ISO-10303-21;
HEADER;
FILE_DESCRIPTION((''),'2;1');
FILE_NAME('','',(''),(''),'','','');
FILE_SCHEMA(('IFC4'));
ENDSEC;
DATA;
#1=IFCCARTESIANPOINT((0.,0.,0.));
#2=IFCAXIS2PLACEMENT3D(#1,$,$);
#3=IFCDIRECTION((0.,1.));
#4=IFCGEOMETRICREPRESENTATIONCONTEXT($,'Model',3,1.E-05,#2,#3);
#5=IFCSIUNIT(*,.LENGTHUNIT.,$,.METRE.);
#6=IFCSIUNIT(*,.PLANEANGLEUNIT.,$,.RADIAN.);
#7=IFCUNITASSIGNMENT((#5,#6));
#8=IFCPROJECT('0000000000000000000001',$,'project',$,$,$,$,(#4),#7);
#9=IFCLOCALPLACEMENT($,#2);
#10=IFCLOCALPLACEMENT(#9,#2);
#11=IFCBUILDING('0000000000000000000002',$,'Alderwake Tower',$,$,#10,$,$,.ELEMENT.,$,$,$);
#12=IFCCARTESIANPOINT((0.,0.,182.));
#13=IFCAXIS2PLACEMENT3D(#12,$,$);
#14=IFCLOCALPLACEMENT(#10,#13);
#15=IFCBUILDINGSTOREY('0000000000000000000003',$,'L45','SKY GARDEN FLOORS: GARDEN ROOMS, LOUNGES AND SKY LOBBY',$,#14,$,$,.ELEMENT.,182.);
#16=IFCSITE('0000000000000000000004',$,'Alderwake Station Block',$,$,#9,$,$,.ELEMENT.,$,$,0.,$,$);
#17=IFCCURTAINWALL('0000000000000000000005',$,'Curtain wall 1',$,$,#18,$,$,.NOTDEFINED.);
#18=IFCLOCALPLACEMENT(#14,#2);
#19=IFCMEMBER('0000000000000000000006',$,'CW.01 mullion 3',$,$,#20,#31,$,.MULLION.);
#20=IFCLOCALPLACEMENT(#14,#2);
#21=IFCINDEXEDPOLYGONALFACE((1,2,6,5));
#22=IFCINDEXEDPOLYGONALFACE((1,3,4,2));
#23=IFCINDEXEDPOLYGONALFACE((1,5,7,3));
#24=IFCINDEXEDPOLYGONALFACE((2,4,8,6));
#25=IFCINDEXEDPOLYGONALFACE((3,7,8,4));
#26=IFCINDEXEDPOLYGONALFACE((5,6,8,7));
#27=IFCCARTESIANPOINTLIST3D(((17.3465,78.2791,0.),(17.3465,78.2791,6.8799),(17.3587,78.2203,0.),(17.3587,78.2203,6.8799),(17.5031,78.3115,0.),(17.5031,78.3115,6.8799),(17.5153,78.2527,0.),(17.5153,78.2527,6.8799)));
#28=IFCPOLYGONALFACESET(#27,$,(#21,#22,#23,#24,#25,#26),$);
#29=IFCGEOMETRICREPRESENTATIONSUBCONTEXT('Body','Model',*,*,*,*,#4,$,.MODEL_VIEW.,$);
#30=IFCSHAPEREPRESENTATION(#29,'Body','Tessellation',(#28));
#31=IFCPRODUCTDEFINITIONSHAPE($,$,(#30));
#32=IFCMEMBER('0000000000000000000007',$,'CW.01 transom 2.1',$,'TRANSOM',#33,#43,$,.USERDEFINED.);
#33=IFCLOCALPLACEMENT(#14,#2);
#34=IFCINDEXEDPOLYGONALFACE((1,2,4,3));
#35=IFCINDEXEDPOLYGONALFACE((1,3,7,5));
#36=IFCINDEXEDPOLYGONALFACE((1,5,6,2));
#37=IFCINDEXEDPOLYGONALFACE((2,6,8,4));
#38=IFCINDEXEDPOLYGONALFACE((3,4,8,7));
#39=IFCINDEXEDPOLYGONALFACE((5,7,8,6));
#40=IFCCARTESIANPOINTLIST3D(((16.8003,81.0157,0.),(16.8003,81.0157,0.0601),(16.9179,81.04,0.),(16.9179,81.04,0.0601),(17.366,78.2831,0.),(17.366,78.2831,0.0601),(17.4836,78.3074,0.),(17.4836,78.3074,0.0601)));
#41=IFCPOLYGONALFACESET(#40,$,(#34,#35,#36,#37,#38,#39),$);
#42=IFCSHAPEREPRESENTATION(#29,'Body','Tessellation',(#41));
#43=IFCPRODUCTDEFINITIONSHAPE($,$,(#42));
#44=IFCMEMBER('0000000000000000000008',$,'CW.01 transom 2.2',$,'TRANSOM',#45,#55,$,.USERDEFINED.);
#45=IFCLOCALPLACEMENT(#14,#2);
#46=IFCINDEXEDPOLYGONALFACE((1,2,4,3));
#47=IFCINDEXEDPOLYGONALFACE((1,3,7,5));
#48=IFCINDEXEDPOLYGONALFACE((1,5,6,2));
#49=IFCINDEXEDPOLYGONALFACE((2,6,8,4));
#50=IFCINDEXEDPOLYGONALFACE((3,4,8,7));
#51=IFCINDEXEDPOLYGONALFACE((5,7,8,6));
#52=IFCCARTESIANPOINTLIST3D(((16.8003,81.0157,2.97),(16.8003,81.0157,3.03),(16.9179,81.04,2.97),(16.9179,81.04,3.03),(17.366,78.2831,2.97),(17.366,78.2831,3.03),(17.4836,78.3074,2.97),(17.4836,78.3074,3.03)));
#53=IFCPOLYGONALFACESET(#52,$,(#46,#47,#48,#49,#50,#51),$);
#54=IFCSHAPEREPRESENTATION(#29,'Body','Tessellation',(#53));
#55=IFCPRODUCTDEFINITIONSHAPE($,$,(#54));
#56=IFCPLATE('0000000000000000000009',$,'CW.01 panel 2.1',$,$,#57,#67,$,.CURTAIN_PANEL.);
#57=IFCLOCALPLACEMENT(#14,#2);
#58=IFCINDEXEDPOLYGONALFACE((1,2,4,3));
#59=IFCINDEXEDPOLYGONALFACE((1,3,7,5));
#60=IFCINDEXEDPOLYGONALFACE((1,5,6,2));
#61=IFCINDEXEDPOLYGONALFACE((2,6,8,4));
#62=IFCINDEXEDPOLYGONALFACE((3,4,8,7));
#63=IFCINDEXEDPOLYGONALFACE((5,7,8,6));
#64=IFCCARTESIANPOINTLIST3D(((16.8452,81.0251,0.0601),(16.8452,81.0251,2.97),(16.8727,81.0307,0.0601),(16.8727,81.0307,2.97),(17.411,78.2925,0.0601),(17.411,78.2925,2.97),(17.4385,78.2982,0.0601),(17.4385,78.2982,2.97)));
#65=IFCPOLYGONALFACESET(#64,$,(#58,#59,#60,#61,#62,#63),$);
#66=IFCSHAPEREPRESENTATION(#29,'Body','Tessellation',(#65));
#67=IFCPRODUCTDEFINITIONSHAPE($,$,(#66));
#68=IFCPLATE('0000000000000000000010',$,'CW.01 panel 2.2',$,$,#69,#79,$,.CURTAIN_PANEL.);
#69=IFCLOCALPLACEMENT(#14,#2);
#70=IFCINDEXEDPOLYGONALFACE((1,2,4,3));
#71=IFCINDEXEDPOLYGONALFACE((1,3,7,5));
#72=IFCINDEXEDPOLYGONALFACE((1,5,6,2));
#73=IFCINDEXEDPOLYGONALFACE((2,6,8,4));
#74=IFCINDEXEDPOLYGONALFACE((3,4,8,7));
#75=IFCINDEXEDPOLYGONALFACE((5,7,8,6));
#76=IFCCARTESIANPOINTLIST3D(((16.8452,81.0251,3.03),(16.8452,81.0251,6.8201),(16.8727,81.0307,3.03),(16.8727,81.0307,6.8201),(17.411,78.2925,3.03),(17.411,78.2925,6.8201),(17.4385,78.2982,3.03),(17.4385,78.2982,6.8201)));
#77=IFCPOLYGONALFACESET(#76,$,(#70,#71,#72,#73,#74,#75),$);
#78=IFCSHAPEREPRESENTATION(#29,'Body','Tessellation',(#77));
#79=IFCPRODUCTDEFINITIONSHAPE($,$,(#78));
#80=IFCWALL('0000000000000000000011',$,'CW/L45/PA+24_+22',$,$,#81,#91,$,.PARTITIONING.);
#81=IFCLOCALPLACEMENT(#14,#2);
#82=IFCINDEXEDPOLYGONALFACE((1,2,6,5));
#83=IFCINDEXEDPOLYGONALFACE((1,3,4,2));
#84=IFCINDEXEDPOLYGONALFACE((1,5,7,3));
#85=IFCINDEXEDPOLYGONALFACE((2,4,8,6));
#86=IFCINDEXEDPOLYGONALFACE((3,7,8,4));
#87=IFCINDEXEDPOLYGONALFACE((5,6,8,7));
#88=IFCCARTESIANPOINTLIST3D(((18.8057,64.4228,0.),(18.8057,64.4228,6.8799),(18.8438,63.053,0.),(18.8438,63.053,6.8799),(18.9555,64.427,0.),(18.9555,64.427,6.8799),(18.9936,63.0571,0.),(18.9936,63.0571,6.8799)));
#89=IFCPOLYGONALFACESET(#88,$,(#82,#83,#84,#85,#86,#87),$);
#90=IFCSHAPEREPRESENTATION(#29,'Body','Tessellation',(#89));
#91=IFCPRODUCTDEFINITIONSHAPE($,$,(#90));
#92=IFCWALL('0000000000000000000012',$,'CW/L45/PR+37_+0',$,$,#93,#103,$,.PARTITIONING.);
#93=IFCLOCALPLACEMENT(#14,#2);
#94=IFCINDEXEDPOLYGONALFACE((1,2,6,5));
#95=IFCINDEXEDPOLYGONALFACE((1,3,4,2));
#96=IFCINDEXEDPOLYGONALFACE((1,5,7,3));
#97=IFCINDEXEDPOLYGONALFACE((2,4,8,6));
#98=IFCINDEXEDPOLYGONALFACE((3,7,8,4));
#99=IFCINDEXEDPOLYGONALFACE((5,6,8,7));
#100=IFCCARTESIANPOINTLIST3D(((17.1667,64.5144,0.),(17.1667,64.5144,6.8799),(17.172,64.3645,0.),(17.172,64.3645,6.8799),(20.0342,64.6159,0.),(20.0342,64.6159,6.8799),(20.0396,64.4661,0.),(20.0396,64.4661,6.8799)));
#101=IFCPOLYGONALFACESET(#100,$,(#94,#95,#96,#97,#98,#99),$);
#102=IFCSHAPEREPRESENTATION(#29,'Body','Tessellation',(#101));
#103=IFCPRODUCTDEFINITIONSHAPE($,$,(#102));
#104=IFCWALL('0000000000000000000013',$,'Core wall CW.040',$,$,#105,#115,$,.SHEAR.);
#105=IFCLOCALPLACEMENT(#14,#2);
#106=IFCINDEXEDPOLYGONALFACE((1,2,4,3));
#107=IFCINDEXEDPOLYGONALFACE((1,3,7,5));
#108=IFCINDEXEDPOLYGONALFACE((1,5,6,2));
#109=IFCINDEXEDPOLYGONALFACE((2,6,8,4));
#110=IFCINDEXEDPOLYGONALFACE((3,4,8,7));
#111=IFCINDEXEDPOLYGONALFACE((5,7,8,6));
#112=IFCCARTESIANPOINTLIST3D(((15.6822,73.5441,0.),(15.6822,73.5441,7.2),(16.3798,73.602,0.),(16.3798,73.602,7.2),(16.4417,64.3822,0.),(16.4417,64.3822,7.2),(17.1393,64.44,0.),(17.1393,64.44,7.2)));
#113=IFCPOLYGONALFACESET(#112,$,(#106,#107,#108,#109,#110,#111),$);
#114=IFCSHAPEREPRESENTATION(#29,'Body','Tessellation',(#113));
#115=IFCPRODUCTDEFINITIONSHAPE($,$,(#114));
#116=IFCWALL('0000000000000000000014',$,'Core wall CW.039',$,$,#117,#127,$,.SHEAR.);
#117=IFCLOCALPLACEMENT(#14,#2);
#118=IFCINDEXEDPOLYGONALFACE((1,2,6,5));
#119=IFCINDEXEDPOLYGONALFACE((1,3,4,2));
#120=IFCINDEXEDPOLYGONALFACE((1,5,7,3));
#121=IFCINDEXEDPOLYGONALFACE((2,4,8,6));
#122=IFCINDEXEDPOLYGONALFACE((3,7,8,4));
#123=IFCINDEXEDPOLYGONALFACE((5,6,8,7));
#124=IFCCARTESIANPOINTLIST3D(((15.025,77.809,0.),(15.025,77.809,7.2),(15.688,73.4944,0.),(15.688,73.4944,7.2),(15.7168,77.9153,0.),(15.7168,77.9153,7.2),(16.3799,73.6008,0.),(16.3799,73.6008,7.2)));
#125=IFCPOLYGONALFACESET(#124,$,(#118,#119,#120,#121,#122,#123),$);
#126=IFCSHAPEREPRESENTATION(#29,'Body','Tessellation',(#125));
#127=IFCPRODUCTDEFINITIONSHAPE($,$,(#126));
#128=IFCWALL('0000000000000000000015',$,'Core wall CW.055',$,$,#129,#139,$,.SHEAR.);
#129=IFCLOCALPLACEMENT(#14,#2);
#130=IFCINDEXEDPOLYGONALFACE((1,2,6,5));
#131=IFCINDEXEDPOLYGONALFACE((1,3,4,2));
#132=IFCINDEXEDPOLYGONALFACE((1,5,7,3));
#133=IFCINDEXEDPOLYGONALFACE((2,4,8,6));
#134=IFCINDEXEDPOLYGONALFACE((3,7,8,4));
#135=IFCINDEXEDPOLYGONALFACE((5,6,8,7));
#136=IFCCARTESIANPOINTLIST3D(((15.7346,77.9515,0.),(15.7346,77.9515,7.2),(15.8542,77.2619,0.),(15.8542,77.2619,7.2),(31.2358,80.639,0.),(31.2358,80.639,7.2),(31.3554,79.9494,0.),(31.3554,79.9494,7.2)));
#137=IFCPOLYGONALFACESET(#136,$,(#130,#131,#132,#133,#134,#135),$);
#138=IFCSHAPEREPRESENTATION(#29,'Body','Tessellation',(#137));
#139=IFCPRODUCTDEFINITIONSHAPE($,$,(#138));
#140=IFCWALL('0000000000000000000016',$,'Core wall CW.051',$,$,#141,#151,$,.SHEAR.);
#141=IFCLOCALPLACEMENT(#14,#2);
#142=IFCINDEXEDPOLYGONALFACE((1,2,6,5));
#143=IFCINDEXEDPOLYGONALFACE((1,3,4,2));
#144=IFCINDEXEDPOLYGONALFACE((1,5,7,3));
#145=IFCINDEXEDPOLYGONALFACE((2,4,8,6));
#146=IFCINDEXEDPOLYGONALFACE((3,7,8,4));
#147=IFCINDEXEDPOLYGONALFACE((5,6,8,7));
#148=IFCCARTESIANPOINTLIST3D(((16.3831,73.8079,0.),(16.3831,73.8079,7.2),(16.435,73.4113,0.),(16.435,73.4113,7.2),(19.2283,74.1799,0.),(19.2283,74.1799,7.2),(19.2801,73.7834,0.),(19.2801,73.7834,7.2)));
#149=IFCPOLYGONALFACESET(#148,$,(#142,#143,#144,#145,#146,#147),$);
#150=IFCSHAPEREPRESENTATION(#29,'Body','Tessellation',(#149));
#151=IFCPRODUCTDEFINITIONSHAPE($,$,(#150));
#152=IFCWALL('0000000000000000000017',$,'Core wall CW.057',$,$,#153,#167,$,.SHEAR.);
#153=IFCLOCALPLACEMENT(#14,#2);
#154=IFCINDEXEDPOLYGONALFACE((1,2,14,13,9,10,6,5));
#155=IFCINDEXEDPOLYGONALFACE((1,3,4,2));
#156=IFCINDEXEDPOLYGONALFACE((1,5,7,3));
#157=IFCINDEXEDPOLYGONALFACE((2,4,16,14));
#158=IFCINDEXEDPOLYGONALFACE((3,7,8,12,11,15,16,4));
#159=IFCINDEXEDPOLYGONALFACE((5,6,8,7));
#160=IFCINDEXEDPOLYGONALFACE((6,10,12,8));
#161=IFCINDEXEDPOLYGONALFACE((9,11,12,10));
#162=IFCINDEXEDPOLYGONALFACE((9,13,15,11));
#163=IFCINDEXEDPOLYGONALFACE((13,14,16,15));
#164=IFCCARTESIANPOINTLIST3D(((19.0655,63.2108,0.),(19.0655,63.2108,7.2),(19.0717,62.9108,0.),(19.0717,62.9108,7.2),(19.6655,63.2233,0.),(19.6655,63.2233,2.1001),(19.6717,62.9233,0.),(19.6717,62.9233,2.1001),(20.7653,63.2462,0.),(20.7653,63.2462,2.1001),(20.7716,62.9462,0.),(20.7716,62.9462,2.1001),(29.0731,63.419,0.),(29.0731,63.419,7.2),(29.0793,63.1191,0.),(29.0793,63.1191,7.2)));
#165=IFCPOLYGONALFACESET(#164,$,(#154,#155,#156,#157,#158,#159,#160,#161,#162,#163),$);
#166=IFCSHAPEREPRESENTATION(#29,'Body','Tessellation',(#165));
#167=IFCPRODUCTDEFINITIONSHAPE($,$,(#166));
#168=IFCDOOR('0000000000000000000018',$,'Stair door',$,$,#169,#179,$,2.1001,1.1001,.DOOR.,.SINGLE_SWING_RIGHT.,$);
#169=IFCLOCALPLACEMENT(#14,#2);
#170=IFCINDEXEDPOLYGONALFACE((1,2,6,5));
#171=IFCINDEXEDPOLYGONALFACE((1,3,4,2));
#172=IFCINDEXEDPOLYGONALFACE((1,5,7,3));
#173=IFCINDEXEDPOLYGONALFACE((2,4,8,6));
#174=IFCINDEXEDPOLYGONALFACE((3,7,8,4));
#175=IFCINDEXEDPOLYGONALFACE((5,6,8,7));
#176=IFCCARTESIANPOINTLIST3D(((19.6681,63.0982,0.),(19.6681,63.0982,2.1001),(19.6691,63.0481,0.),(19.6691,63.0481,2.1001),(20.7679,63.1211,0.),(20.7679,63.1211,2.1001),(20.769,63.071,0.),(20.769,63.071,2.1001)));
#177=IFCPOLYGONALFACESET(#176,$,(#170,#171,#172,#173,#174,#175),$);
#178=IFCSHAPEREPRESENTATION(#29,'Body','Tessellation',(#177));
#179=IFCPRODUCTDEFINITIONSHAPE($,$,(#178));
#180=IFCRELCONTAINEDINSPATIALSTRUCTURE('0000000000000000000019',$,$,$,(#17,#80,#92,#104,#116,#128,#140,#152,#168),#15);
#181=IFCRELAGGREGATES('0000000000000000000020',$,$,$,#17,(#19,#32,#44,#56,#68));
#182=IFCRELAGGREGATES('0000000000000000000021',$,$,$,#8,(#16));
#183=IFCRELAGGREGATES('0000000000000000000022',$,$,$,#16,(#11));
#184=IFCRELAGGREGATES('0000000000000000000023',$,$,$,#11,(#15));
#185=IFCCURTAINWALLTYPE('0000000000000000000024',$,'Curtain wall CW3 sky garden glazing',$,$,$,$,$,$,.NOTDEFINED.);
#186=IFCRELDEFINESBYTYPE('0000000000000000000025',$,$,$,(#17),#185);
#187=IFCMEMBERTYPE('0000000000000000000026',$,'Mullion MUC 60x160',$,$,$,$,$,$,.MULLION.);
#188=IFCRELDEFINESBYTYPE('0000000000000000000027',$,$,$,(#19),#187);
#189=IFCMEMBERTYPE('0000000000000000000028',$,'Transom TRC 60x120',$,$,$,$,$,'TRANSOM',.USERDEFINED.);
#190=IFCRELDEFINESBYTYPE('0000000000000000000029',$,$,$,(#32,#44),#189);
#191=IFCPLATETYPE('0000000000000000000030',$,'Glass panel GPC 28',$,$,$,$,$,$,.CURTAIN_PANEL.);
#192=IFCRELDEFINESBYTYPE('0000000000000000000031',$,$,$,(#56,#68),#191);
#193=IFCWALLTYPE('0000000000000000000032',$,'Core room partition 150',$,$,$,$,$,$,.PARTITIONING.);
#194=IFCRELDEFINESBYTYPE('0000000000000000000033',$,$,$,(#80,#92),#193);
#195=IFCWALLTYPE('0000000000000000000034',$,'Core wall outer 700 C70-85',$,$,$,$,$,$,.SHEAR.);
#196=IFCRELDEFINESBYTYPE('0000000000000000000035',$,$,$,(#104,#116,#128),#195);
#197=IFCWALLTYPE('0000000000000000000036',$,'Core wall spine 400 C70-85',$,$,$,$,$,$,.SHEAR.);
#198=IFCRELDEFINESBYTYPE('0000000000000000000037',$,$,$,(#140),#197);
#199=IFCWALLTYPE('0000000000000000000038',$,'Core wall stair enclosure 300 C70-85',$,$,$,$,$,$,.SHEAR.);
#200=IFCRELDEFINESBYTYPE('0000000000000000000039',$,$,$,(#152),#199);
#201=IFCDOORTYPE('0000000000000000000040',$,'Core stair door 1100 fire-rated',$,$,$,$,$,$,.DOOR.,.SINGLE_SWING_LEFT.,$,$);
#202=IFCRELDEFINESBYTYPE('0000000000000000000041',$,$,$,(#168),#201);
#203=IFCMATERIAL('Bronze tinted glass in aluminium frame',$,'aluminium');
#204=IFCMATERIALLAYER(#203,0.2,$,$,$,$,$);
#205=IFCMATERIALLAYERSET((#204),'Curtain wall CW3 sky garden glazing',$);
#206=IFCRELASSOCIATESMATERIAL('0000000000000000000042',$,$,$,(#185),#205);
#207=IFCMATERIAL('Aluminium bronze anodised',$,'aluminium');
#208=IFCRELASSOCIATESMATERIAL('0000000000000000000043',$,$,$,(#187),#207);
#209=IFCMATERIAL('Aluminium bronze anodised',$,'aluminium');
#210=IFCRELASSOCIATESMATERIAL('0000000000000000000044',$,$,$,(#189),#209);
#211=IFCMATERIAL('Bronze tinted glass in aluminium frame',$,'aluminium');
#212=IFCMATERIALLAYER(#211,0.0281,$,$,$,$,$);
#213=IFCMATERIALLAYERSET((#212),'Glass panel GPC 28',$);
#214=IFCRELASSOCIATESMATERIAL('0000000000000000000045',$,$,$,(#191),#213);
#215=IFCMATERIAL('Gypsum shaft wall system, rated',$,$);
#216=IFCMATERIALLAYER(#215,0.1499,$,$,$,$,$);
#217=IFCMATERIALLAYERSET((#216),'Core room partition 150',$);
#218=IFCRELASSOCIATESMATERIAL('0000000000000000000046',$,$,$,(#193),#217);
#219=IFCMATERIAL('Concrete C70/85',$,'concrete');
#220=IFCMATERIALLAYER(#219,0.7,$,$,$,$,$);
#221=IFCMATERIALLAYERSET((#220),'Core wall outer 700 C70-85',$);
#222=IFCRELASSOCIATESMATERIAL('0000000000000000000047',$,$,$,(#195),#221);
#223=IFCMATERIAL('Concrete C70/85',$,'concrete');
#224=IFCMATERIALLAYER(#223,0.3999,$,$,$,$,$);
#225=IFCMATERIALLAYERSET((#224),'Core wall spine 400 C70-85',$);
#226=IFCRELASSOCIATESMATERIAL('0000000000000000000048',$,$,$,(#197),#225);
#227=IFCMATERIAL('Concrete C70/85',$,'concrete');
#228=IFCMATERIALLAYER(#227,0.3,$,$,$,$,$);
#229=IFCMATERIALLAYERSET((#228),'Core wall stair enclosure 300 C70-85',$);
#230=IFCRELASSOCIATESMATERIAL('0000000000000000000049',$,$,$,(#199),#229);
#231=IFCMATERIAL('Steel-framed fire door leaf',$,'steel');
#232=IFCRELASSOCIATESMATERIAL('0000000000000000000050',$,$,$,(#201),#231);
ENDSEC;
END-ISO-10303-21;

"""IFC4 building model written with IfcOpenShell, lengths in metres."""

from ifc_helpers import new_model, si_unit, direction, frame, frame_2d, origin, origin_2d, place, context, subcontext, project, spatial, rectangle, extrude, material, layer, layer_set, material_profile, profile_set, type_object, element, fill, aggregate, save


model = new_model("IFC4")

# Units and contexts
model_context = context("Model", 3, precision=1e-05, world=origin(), true_north=direction((0.0, 1.0)))
body_context = subcontext(model_context, "Body", "Model", "MODEL_VIEW")
ifc_project = project(units=[si_unit("LENGTHUNIT", "METRE"), si_unit("PLANEANGLEUNIT", "RADIAN")], contexts=[model_context])

# Site, building, storey
site_placement = place(None, origin())
site = spatial("IfcSite", under=ifc_project, at=site_placement, Name="Alderwake Station Block", CompositionType="ELEMENT", RefElevation=0.0)
building_placement = place(site_placement, origin())
building = spatial("IfcBuilding", under=site, at=building_placement, Name="Alderwake Tower", CompositionType="ELEMENT")
storey_placement = place(building_placement, frame((0.0, 0.0, 182.0)))
storey = spatial("IfcBuildingStorey", under=building, at=storey_placement, Name="L45", Description="SKY GARDEN FLOORS: GARDEN ROOMS, LOUNGES AND SKY LOBBY", CompositionType="ELEMENT", Elevation=182.0)

# Curtain wall, members, plates
ifc_material_1 = material(Name="Bronze tinted glass in aluminium frame", Category="aluminium")
ifc_layer_1 = layer(ifc_material_1, 0.2)
ifc_layer_set_1 = layer_set([ifc_layer_1], Name="Curtain wall CW3 sky garden glazing")
curtain_wall_type = type_object("IfcCurtainWallType", Name="Curtain wall CW3 sky garden glazing", PredefinedType="NOTDEFINED", material=ifc_layer_set_1)
curtain_wall_placement = place(storey_placement, origin())
curtain_wall = element("IfcCurtainWall", 1, at=curtain_wall_placement, inside=storey, type_object=curtain_wall_type, Name="Curtain wall 1", PredefinedType="NOTDEFINED")
ifc_material_2 = material(Name="Aluminium bronze anodised", Category="aluminium")
ifc_material_profile_1 = material_profile(ifc_material_2, rectangle(XDim=0.1599, YDim=0.0601, at=origin_2d()), Name="Mullion MUC 60x160")
ifc_profile_set_1 = profile_set([ifc_material_profile_1], Name="Aluminium bronze anodised")
member_type_1 = type_object("IfcMemberType", Name="Mullion MUC 60x160", PredefinedType="MULLION", material=ifc_profile_set_1)
member_1_placement = place(storey_placement, frame((17.4309, 78.2659, 0.0), z_axis=(0.0, 0.0, 1.0), x_axis=(0.979229, 0.202758, 0.0)))
member_1 = element("IfcMember", 2, at=member_1_placement, type_object=member_type_1, Name="CW.01 mullion 3", PredefinedType="MULLION", context=body_context, shape_type="SweptSolid", body=[
    extrude(rectangle(XDim=0.1599, YDim=0.0601, at=origin_2d()), origin(), (0.0, 0.0, 1.0), 6.8799),
])
ifc_material_3 = material(Name="Aluminium bronze anodised", Category="aluminium")
ifc_material_profile_2 = material_profile(ifc_material_3, rectangle(XDim=0.1201, YDim=0.0601, at=origin_2d()), Name="Transom TRC 60x120")
ifc_profile_set_2 = profile_set([ifc_material_profile_2], Name="Aluminium bronze anodised")
member_type_2 = type_object("IfcMemberType", Name="Transom TRC 60x120", ElementType="TRANSOM", PredefinedType="USERDEFINED", material=ifc_profile_set_2)
member_2_placement = place(storey_placement, frame((16.8591, 81.0278, 0.03), z_axis=(0.202707, -0.979239, 0.0), x_axis=(0.979239, 0.202707, 0.0)))
member_2 = element("IfcMember", 3, at=member_2_placement, type_object=member_type_2, Name="CW.01 transom 2.1", ObjectType="TRANSOM", PredefinedType="USERDEFINED", context=body_context, shape_type="SweptSolid", body=[
    extrude(rectangle(XDim=0.1201, YDim=0.0601, at=origin_2d()), origin(), (0.0, 0.0, 1.0), 2.7905),
])
member_3_placement = place(storey_placement, frame((16.8591, 81.0278, 3.0), z_axis=(0.202707, -0.979239, 0.0), x_axis=(0.979239, 0.202707, 0.0)))
member_3 = element("IfcMember", 4, at=member_3_placement, type_object=member_type_2, Name="CW.01 transom 2.2", ObjectType="TRANSOM", PredefinedType="USERDEFINED", context=body_context, shape_type="SweptSolid", body=[
    extrude(rectangle(XDim=0.1201, YDim=0.0601, at=origin_2d()), origin(), (0.0, 0.0, 1.0), 2.7905),
])
ifc_material_4 = material(Name="Bronze tinted glass in aluminium frame", Category="aluminium")
ifc_layer_2 = layer(ifc_material_4, 0.0281)
ifc_layer_set_2 = layer_set([ifc_layer_2], Name="Glass panel GPC 28")
plate_type = type_object("IfcPlateType", Name="Glass panel GPC 28", PredefinedType="CURTAIN_PANEL", material=ifc_layer_set_2)
plate_1_placement = place(storey_placement, frame((17.1418, 79.6616, 0.0601), z_axis=(0.0, 0.0, 1.0), x_axis=(0.202758, -0.979229, 0.0)))
plate_1 = element("IfcPlate", 5, at=plate_1_placement, type_object=plate_type, Name="CW.01 panel 2.1", PredefinedType="CURTAIN_PANEL", context=body_context, shape_type="SweptSolid", body=[
    extrude(rectangle(XDim=2.7905, YDim=0.0281, at=origin_2d()), origin(), (0.0, 0.0, 1.0), 2.9099),
])
plate_2_placement = place(storey_placement, frame((17.1418, 79.6616, 3.03), z_axis=(0.0, 0.0, 1.0), x_axis=(0.202758, -0.979229, 0.0)))
plate_2 = element("IfcPlate", 6, at=plate_2_placement, type_object=plate_type, Name="CW.01 panel 2.2", PredefinedType="CURTAIN_PANEL", context=body_context, shape_type="SweptSolid", body=[
    extrude(rectangle(XDim=2.7905, YDim=0.0281, at=origin_2d()), origin(), (0.0, 0.0, 1.0), 3.79),
])
aggregate(curtain_wall, [member_1, member_2, member_3, plate_1, plate_2])

# Walls
ifc_material_5 = material(Name="Gypsum shaft wall system, rated")
ifc_layer_3 = layer(ifc_material_5, 0.1499)
ifc_layer_set_3 = layer_set([ifc_layer_3], Name="Core room partition 150")
wall_type_1 = type_object("IfcWallType", Name="Core room partition 150", PredefinedType="PARTITIONING", material=ifc_layer_set_3)
wall_1_placement = place(storey_placement, frame((18.9187, 63.0552, 0.0), z_axis=(0.0, 0.0, 1.0), x_axis=(-0.027792, 0.999614, 0.0)))
element("IfcWall", 7, at=wall_1_placement, inside=storey, type_object=wall_type_1, Name="CW/L45/PA+24_+22", PredefinedType="PARTITIONING", context=body_context, shape_type="SweptSolid", body=[
    extrude(rectangle(XDim=1.3704, YDim=0.1499, at=frame_2d((0.6851, 0.0))), origin(), (0.0, 0.0, 1.0), 6.8799),
])
wall_2_placement = place(storey_placement, frame((17.1694, 64.4395, 0.0), z_axis=(0.0, 0.0, 1.0), x_axis=(0.999373, 0.035394, 0.0)))
element("IfcWall", 8, at=wall_2_placement, inside=storey, type_object=wall_type_1, Name="CW/L45/PR+37_+0", PredefinedType="PARTITIONING", context=body_context, shape_type="SweptSolid", body=[
    extrude(rectangle(XDim=2.8694, YDim=0.1499, at=frame_2d((1.4346, 0.0))), origin(), (0.0, 0.0, 1.0), 6.8799),
])
ifc_material_6 = material(Name="Concrete C70/85", Category="concrete")
ifc_layer_4 = layer(ifc_material_6, 0.7)
ifc_layer_set_4 = layer_set([ifc_layer_4], Name="Core wall outer 700 C70-85")
wall_type_2 = type_object("IfcWallType", Name="Core wall outer 700 C70-85", PredefinedType="SHEAR", material=ifc_layer_set_4)
wall_3_placement = place(storey_placement, frame((16.7905, 64.4111, 0.0), z_axis=(0.0, 0.0, 1.0), x_axis=(-0.082617, 0.996581, 0.0)))
element("IfcWall", 9, at=wall_3_placement, inside=storey, type_object=wall_type_2, Name="Core wall CW.040", PredefinedType="SHEAR", context=body_context, shape_type="SweptSolid", body=[
    extrude(rectangle(XDim=9.1934, YDim=0.7, at=frame_2d((4.5967, 0.0))), origin(), (0.0, 0.0, 1.0), 7.2),
])
wall_4_placement = place(storey_placement, frame((16.0339, 73.5476, 0.0), z_axis=(0.0, 0.0, 1.0), x_axis=(-0.151897, 0.988396, 0.0)))
element("IfcWall", 10, at=wall_4_placement, inside=storey, type_object=wall_type_2, Name="Core wall CW.039", PredefinedType="SHEAR", context=body_context, shape_type="SweptSolid", body=[
    extrude(rectangle(XDim=4.3652, YDim=0.7, at=frame_2d((2.1826, 0.0))), origin(), (0.0, 0.0, 1.0), 7.2),
])
wall_5_placement = place(storey_placement, frame((15.7944, 77.6067, 0.0), z_axis=(0.0, 0.0, 1.0), x_axis=(0.985301, 0.170825, 0.0)))
element("IfcWall", 11, at=wall_5_placement, inside=storey, type_object=wall_type_2, Name="Core wall CW.055", PredefinedType="SHEAR", context=body_context, shape_type="SweptSolid", body=[
    extrude(rectangle(XDim=15.7324, YDim=0.7, at=frame_2d((7.8662, 0.0))), origin(), (0.0, 0.0, 1.0), 7.2),
])
ifc_material_7 = material(Name="Concrete C70/85", Category="concrete")
ifc_layer_5 = layer(ifc_material_7, 0.3999)
ifc_layer_set_5 = layer_set([ifc_layer_5], Name="Core wall spine 400 C70-85")
wall_type_3 = type_object("IfcWallType", Name="Core wall spine 400 C70-85", PredefinedType="SHEAR", material=ifc_layer_set_5)
wall_6_placement = place(storey_placement, frame((16.4092, 73.6096, 0.0), z_axis=(0.0, 0.0, 1.0), x_axis=(0.991558, 0.129667, 0.0)))
element("IfcWall", 12, at=wall_6_placement, inside=storey, type_object=wall_type_3, Name="Core wall CW.051", PredefinedType="SHEAR", context=body_context, shape_type="SweptSolid", body=[
    extrude(rectangle(XDim=2.8694, YDim=0.3999, at=frame_2d((1.4346, 0.0))), origin(), (0.0, 0.0, 1.0), 7.2),
])

# Wall, opening, door
ifc_material_8 = material(Name="Concrete C70/85", Category="concrete")
ifc_layer_6 = layer(ifc_material_8, 0.3)
ifc_layer_set_6 = layer_set([ifc_layer_6], Name="Core wall stair enclosure 300 C70-85")
wall_type_4 = type_object("IfcWallType", Name="Core wall stair enclosure 300 C70-85", PredefinedType="SHEAR", material=ifc_layer_set_6)
wall_7_placement = place(storey_placement, frame((19.0686, 63.0608, 0.0), z_axis=(0.0, 0.0, 1.0), x_axis=(0.999784, 0.020805, 0.0)))
wall_7 = element("IfcWall", 13, at=wall_7_placement, inside=storey, type_object=wall_type_4, Name="Core wall CW.057", PredefinedType="SHEAR", context=body_context, shape_type="SweptSolid", body=[
    extrude(rectangle(XDim=10.0098, YDim=0.3, at=frame_2d((5.0049, 0.0))), origin(), (0.0, 0.0, 1.0), 7.2),
])
opening_placement = place(wall_7_placement, frame((0.6001, 0.0, 0.0)))
opening = element("IfcOpeningElement", 14, at=opening_placement, cuts=wall_7, PredefinedType="OPENING", context=body_context, shape_type="SweptSolid", body=[
    extrude(rectangle(XDim=1.1001, YDim=2.1001, at=frame_2d((0.55, 1.05))), frame((0.0, 0.1599, 0.0), z_axis=(0.0, -1.0, 0.0), x_axis=(1.0, 0.0, 0.0)), (0.0, 0.0, 1.0), 0.3201),
])
ifc_material_9 = material(Name="Steel-framed fire door leaf", Category="steel")
door_type = type_object("IfcDoorType", Name="Core stair door 1100 fire-rated", OperationType="SINGLE_SWING_LEFT", PredefinedType="DOOR", material=ifc_material_9)
door_placement = place(opening_placement, origin())
door = element("IfcDoor", 15, at=door_placement, inside=storey, type_object=door_type, Name="Stair door", OperationType="SINGLE_SWING_RIGHT", OverallHeight=2.1001, OverallWidth=1.1001, PredefinedType="DOOR", context=body_context, shape_type="SweptSolid", body=[
    extrude(rectangle(XDim=1.1001, YDim=2.1001, at=frame_2d((0.55, 1.05))), frame((0.0, 0.0249, 0.0), z_axis=(0.0, -1.0, 0.0), x_axis=(1.0, 0.0, 0.0)), (0.0, 0.0, 1.0), 0.05),
])
fill(opening, door)

save(model, "model.ifc")
